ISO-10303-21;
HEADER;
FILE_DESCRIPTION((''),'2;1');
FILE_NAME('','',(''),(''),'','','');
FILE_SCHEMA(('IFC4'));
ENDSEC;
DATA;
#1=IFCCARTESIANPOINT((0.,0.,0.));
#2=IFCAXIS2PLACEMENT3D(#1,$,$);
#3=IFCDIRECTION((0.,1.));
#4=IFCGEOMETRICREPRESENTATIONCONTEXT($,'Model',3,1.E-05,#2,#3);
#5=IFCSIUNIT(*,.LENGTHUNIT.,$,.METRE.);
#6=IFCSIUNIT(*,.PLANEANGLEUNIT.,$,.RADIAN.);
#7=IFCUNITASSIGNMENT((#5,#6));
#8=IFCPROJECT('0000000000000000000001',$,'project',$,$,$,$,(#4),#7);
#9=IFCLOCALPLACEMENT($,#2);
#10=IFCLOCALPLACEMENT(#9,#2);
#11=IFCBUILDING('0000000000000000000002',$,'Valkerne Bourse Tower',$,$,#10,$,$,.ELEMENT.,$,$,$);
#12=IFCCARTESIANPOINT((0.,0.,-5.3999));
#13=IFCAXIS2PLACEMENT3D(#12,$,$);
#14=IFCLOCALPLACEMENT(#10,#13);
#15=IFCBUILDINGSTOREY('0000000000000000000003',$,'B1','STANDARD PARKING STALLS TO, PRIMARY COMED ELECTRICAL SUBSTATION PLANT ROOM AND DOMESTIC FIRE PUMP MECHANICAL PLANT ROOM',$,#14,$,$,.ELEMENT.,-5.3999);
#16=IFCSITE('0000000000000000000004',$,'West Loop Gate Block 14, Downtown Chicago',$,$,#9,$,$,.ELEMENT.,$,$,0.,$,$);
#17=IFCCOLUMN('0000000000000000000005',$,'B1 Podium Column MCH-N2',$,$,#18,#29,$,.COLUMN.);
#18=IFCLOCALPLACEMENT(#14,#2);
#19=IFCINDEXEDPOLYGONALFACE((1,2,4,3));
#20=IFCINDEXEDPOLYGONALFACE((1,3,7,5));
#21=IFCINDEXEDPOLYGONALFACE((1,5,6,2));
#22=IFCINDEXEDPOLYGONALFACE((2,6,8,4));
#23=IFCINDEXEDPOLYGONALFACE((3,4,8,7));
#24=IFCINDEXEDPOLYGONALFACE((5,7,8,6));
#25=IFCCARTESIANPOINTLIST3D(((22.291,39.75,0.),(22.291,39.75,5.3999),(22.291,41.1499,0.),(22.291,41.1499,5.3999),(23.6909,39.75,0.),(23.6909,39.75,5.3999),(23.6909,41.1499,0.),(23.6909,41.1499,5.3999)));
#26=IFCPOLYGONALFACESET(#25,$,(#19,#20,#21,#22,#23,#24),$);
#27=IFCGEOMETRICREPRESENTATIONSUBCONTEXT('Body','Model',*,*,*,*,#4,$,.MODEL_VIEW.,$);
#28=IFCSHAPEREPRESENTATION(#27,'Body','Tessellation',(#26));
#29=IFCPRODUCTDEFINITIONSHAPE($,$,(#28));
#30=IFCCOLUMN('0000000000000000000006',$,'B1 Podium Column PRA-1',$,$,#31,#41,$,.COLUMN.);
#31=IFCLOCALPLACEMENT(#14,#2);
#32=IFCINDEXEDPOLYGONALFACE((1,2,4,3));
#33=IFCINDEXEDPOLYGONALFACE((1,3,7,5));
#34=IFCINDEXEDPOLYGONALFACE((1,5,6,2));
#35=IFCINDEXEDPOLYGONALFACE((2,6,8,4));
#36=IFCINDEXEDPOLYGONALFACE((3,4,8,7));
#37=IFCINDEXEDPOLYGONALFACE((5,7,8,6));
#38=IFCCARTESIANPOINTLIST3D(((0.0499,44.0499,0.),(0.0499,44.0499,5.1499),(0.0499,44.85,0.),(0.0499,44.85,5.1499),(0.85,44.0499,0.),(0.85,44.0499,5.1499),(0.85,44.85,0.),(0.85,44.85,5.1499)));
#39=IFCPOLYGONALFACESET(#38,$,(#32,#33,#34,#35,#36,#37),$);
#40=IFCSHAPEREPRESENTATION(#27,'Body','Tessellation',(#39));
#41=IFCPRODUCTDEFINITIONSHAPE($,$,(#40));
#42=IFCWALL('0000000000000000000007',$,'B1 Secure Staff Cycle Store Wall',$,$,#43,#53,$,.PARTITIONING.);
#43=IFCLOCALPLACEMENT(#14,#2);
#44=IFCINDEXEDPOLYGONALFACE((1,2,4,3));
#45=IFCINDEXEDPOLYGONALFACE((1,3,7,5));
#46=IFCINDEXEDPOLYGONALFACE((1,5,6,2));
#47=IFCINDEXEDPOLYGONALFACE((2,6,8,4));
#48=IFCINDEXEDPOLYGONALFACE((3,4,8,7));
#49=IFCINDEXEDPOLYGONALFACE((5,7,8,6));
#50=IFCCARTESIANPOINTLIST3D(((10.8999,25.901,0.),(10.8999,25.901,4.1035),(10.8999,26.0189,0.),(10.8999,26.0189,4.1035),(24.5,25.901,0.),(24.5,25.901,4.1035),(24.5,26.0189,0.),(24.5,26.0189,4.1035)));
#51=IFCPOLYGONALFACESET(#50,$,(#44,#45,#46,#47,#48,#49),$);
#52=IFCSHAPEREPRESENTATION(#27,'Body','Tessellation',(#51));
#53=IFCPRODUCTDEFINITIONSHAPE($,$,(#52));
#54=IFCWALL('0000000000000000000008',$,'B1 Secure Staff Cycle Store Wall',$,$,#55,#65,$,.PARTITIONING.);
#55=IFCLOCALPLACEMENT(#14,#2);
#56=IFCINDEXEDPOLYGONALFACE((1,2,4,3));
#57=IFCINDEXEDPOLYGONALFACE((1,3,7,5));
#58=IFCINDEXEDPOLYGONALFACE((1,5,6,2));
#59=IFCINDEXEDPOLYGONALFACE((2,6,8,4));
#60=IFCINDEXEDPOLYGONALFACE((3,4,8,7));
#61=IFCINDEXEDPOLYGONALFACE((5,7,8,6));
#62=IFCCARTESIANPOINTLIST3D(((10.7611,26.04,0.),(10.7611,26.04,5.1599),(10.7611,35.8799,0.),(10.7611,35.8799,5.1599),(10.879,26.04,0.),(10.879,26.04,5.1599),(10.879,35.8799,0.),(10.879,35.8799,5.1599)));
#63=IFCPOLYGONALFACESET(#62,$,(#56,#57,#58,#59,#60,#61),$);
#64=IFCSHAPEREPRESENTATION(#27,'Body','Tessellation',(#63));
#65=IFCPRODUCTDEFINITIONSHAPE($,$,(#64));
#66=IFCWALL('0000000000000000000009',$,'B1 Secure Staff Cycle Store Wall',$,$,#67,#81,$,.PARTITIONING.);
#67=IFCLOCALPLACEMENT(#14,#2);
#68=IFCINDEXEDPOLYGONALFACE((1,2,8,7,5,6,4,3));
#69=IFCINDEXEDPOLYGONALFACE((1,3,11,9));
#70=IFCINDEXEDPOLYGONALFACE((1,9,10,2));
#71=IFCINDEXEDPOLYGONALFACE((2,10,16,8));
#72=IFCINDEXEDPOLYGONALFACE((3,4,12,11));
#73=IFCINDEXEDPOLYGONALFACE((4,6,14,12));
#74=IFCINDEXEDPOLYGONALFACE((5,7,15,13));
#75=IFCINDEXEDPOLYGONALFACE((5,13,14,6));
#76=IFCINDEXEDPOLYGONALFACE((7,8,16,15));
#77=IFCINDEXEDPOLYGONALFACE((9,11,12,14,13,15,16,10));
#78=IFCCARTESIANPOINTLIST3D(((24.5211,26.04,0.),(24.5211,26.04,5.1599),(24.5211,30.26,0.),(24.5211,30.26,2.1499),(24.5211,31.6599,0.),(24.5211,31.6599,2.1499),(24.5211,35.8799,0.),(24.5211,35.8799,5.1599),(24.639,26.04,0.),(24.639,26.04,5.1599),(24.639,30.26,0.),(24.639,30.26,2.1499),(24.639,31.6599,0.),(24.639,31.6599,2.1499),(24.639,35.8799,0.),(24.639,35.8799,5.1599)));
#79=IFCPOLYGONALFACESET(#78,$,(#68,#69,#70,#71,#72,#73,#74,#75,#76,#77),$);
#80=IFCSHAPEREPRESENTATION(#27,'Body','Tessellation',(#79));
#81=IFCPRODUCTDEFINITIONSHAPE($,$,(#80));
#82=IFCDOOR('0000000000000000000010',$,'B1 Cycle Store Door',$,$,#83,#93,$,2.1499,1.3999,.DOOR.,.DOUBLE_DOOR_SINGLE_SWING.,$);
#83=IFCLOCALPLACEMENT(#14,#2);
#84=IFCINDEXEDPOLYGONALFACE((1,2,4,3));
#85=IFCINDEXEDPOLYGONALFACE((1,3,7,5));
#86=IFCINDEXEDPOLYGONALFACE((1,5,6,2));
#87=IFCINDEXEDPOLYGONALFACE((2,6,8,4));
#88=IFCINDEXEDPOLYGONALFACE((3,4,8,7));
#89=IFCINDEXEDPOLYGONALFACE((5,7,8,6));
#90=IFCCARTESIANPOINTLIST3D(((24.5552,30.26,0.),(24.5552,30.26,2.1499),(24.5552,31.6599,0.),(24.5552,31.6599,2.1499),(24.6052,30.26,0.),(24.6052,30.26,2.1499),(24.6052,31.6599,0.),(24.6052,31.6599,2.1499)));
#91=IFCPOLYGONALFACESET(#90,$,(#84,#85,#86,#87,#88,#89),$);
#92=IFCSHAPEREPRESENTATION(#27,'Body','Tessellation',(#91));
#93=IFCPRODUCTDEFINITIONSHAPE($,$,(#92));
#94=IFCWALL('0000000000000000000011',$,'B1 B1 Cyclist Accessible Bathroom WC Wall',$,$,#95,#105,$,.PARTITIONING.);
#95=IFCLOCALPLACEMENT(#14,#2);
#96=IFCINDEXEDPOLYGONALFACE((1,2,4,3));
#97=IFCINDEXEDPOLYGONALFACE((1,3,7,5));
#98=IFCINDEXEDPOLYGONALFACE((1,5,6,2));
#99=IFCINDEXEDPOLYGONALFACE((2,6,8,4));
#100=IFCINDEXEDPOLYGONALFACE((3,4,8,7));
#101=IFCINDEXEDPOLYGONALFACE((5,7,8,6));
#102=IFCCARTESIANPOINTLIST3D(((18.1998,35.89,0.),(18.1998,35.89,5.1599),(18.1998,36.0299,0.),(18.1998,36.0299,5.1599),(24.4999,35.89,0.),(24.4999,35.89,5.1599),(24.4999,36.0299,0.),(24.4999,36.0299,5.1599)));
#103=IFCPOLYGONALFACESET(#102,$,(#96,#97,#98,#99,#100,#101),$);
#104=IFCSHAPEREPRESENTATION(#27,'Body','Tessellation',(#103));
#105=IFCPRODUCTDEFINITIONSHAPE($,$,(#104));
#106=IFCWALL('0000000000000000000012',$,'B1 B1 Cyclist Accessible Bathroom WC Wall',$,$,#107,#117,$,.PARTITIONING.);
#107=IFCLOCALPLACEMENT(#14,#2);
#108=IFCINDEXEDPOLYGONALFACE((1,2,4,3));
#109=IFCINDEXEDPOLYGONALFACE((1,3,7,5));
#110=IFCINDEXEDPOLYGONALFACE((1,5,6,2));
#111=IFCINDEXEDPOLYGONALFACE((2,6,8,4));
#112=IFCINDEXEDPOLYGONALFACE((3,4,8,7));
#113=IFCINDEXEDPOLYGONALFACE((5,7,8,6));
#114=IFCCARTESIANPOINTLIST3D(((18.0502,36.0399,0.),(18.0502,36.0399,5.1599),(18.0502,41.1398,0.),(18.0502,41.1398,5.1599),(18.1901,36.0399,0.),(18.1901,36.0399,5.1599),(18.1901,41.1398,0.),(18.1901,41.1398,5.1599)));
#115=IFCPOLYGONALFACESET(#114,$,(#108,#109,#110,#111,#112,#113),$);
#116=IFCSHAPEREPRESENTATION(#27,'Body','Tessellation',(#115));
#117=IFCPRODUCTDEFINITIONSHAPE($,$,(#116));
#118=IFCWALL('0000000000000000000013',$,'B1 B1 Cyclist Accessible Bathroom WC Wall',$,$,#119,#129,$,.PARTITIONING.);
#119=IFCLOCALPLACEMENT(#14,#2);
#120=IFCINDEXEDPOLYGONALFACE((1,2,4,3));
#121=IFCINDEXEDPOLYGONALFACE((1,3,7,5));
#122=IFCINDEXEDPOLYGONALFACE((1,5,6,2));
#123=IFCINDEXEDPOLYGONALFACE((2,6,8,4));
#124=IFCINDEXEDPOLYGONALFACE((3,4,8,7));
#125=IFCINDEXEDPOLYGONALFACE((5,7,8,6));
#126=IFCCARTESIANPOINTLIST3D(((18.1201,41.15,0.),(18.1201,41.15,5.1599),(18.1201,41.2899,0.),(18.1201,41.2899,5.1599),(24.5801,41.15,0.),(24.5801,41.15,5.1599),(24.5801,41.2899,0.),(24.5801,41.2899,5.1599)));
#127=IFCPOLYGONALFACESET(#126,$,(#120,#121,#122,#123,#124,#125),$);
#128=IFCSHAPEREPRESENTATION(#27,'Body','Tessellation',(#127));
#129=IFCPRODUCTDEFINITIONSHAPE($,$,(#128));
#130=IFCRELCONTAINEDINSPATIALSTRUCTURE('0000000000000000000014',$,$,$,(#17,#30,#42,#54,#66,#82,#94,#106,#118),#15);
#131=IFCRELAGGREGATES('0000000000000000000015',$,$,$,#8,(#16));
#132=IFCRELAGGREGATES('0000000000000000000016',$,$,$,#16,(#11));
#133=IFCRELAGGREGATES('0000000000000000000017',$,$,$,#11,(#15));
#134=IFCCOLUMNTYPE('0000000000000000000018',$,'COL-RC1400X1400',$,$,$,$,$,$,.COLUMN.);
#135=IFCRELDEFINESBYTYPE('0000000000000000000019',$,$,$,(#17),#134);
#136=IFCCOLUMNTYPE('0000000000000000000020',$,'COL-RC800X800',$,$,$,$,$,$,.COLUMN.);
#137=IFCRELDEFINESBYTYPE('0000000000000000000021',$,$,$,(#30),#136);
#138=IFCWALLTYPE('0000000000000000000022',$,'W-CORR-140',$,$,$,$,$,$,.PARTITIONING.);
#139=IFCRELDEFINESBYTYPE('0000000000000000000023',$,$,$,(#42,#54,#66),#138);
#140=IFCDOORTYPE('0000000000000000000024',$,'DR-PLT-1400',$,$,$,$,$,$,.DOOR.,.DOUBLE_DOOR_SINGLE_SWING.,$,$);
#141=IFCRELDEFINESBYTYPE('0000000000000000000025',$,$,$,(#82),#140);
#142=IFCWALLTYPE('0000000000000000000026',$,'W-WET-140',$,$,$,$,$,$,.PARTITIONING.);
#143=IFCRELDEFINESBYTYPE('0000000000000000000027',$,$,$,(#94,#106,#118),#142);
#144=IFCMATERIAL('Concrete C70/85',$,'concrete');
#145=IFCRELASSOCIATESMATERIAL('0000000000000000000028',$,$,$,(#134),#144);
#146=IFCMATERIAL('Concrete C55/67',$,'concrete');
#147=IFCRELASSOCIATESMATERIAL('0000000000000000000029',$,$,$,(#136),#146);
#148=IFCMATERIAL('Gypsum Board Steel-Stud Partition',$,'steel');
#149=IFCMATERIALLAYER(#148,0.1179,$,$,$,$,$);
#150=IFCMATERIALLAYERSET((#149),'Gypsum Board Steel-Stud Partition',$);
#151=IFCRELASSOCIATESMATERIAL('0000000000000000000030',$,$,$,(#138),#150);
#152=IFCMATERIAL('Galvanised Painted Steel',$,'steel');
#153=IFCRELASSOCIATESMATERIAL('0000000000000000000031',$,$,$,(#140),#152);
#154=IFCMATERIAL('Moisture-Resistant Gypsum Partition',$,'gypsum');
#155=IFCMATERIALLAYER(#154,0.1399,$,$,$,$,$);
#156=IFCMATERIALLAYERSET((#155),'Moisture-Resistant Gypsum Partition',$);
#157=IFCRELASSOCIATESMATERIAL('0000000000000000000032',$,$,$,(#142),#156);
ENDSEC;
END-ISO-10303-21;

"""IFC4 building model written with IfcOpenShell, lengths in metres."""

from ifc_helpers import new_model, si_unit, direction, frame, frame_2d, origin, origin_2d, place, context, subcontext, project, spatial, rectangle, extrude, material, layer, layer_set, material_profile, profile_set, type_object, element, fill, save


model = new_model("IFC4")

# Units and contexts
model_context = context("Model", 3, precision=1e-05, world=origin(), true_north=direction((0.0, 1.0)))
body_context = subcontext(model_context, "Body", "Model", "MODEL_VIEW")
ifc_project = project(units=[si_unit("LENGTHUNIT", "METRE"), si_unit("PLANEANGLEUNIT", "RADIAN")], contexts=[model_context])

# Site, building, storey
site_placement = place(None, origin())
site = spatial("IfcSite", under=ifc_project, at=site_placement, Name="West Loop Gate Block 14, Downtown Chicago", CompositionType="ELEMENT", RefElevation=0.0)
building_placement = place(site_placement, origin())
building = spatial("IfcBuilding", under=site, at=building_placement, Name="Valkerne Bourse Tower", CompositionType="ELEMENT")
storey_placement = place(building_placement, frame((0.0, 0.0, -5.3999)))
storey = spatial("IfcBuildingStorey", under=building, at=storey_placement, Name="B1", Description="STANDARD PARKING STALLS TO, PRIMARY COMED ELECTRICAL SUBSTATION PLANT ROOM AND DOMESTIC FIRE PUMP MECHANICAL PLANT ROOM", CompositionType="ELEMENT", Elevation=-5.3999)

# Shared definitions
ifc_material_1 = material(Name="Concrete C55/67", Category="concrete")

# Columns
ifc_material_2 = material(Name="Concrete C70/85", Category="concrete")
ifc_material_profile_1 = material_profile(ifc_material_2, rectangle(XDim=1.3999, YDim=1.3999, at=origin_2d()), Name="RC1400X1400")
ifc_profile_set_1 = profile_set([ifc_material_profile_1], Name="Concrete C70/85")
column_type_1 = type_object("IfcColumnType", Name="COL-RC1400X1400", PredefinedType="COLUMN", material=ifc_profile_set_1)
for number, where, z_axis, x_axis, name in (
    (1, (22.991, 40.45, 0.0), (0.0, 0.0, 1.0), (1.0, 0.0, 0.0), "B1 Podium Column MCH-N2"),
):
    element("IfcColumn", number, at=place(storey_placement, frame(where, z_axis=z_axis, x_axis=x_axis)), inside=storey, type_object=column_type_1, Name=name, PredefinedType="COLUMN", context=body_context, shape_type="SweptSolid", body=[
        extrude(rectangle(XDim=1.3999, YDim=1.3999, at=origin_2d()), origin(), (0.0, 0.0, 1.0), 5.3999),
    ])
ifc_material_profile_2 = material_profile(ifc_material_1, rectangle(XDim=0.8, YDim=0.8, at=origin_2d()), Name="RC800X800")
ifc_profile_set_2 = profile_set([ifc_material_profile_2], Name="Concrete C55/67")
column_type_2 = type_object("IfcColumnType", Name="COL-RC800X800", PredefinedType="COLUMN", material=ifc_profile_set_2)
column_1_placement = place(storey_placement, frame((0.45, 44.45, 0.0), z_axis=(0.0, 0.0, 1.0), x_axis=(1.0, 0.0, 0.0)))
element("IfcColumn", 2, at=column_1_placement, inside=storey, type_object=column_type_2, Name="B1 Podium Column PRA-1", PredefinedType="COLUMN", context=body_context, shape_type="SweptSolid", body=[
    extrude(rectangle(XDim=0.8, YDim=0.8, at=origin_2d()), origin(), (0.0, 0.0, 1.0), 5.1499),
])

# Walls
ifc_material_3 = material(Name="Gypsum Board Steel-Stud Partition", Category="steel")
ifc_layer_1 = layer(ifc_material_3, 0.1179)
ifc_layer_set_1 = layer_set([ifc_layer_1], Name="Gypsum Board Steel-Stud Partition")
wall_type_1 = type_object("IfcWallType", Name="W-CORR-140", PredefinedType="PARTITIONING", material=ifc_layer_set_1)
wall_1_placement = place(storey_placement, frame((10.8999, 25.96, 0.0), z_axis=(0.0, 0.0, 1.0), x_axis=(1.0, 0.0, 0.0)))
element("IfcWall", 3, at=wall_1_placement, inside=storey, type_object=wall_type_1, Name="B1 Secure Staff Cycle Store Wall", PredefinedType="PARTITIONING", context=body_context, shape_type="SweptSolid", body=[
    extrude(rectangle(XDim=13.6001, YDim=0.1179, at=frame_2d((6.8, 0.0))), origin(), (0.0, 0.0, 1.0), 4.1035),
])
wall_2_placement = place(storey_placement, frame((10.8201, 26.04, 0.0), z_axis=(0.0, 0.0, 1.0), x_axis=(0.0, 1.0, 0.0)))
element("IfcWall", 4, at=wall_2_placement, inside=storey, type_object=wall_type_1, Name="B1 Secure Staff Cycle Store Wall", PredefinedType="PARTITIONING", context=body_context, shape_type="SweptSolid", body=[
    extrude(rectangle(XDim=9.8398, YDim=0.1179, at=frame_2d((4.9199, 0.0))), origin(), (0.0, 0.0, 1.0), 5.1599),
])

# Wall, opening, door
wall_3_placement = place(storey_placement, frame((24.5801, 26.04, 0.0), z_axis=(0.0, 0.0, 1.0), x_axis=(0.0, 1.0, 0.0)))
wall_3 = element("IfcWall", 5, at=wall_3_placement, inside=storey, type_object=wall_type_1, Name="B1 Secure Staff Cycle Store Wall", PredefinedType="PARTITIONING", context=body_context, shape_type="SweptSolid", body=[
    extrude(rectangle(XDim=9.8398, YDim=0.1179, at=frame_2d((4.9199, 0.0))), origin(), (0.0, 0.0, 1.0), 5.1599),
])
opening_placement = place(wall_3_placement, frame((4.22, 0.0, 0.0)))
opening = element("IfcOpeningElement", 6, at=opening_placement, cuts=wall_3, PredefinedType="OPENING", context=body_context, shape_type="SweptSolid", body=[
    extrude(rectangle(XDim=1.3999, YDim=2.1499, at=frame_2d((0.7, 1.075))), frame((0.0, 0.0688, 0.0), z_axis=(0.0, -1.0, 0.0), x_axis=(1.0, 0.0, 0.0)), (0.0, 0.0, 1.0), 0.1379),
])
ifc_material_4 = material(Name="Galvanised Painted Steel", Category="steel")
door_type = type_object("IfcDoorType", Name="DR-PLT-1400", OperationType="DOUBLE_DOOR_SINGLE_SWING", PredefinedType="DOOR", material=ifc_material_4)
door_placement = place(opening_placement, origin())
door = element("IfcDoor", 7, at=door_placement, inside=storey, type_object=door_type, Name="B1 Cycle Store Door", OperationType="DOUBLE_DOOR_SINGLE_SWING", OverallHeight=2.1499, OverallWidth=1.3999, PredefinedType="DOOR", context=body_context, shape_type="SweptSolid", body=[
    extrude(rectangle(XDim=1.3999, YDim=2.1499, at=frame_2d((0.7, 1.075))), frame((0.0, 0.0249, 0.0), z_axis=(0.0, -1.0, 0.0), x_axis=(1.0, 0.0, 0.0)), (0.0, 0.0, 1.0), 0.05),
])
fill(opening, door)

# Walls
ifc_material_5 = material(Name="Moisture-Resistant Gypsum Partition", Category="gypsum")
ifc_layer_2 = layer(ifc_material_5, 0.1399)
ifc_layer_set_2 = layer_set([ifc_layer_2], Name="Moisture-Resistant Gypsum Partition")
wall_type_2 = type_object("IfcWallType", Name="W-WET-140", PredefinedType="PARTITIONING", material=ifc_layer_set_2)
wall_4_placement = place(storey_placement, frame((18.2, 35.96, 0.0), z_axis=(0.0, 0.0, 1.0), x_axis=(1.0, 0.0, 0.0)))
element("IfcWall", 8, at=wall_4_placement, inside=storey, type_object=wall_type_2, Name="B1 B1 Cyclist Accessible Bathroom WC Wall", PredefinedType="PARTITIONING", context=body_context, shape_type="SweptSolid", body=[
    extrude(rectangle(XDim=6.3, YDim=0.1399, at=frame_2d((3.1499, 0.0))), origin(), (0.0, 0.0, 1.0), 5.1599),
])
wall_5_placement = place(storey_placement, frame((18.1201, 36.04, 0.0), z_axis=(0.0, 0.0, 1.0), x_axis=(0.0, 1.0, 0.0)))
element("IfcWall", 9, at=wall_5_placement, inside=storey, type_object=wall_type_2, Name="B1 B1 Cyclist Accessible Bathroom WC Wall", PredefinedType="PARTITIONING", context=body_context, shape_type="SweptSolid", body=[
    extrude(rectangle(XDim=5.0999, YDim=0.1399, at=frame_2d((2.5498, 0.0))), origin(), (0.0, 0.0, 1.0), 5.1599),
])
wall_6_placement = place(storey_placement, frame((18.1201, 41.22, 0.0), z_axis=(0.0, 0.0, 1.0), x_axis=(1.0, 0.0, 0.0)))
element("IfcWall", 10, at=wall_6_placement, inside=storey, type_object=wall_type_2, Name="B1 B1 Cyclist Accessible Bathroom WC Wall", PredefinedType="PARTITIONING", context=body_context, shape_type="SweptSolid", body=[
    extrude(rectangle(XDim=6.46, YDim=0.1399, at=frame_2d((3.23, 0.0))), origin(), (0.0, 0.0, 1.0), 5.1599),
])

save(model, "model.ifc")
